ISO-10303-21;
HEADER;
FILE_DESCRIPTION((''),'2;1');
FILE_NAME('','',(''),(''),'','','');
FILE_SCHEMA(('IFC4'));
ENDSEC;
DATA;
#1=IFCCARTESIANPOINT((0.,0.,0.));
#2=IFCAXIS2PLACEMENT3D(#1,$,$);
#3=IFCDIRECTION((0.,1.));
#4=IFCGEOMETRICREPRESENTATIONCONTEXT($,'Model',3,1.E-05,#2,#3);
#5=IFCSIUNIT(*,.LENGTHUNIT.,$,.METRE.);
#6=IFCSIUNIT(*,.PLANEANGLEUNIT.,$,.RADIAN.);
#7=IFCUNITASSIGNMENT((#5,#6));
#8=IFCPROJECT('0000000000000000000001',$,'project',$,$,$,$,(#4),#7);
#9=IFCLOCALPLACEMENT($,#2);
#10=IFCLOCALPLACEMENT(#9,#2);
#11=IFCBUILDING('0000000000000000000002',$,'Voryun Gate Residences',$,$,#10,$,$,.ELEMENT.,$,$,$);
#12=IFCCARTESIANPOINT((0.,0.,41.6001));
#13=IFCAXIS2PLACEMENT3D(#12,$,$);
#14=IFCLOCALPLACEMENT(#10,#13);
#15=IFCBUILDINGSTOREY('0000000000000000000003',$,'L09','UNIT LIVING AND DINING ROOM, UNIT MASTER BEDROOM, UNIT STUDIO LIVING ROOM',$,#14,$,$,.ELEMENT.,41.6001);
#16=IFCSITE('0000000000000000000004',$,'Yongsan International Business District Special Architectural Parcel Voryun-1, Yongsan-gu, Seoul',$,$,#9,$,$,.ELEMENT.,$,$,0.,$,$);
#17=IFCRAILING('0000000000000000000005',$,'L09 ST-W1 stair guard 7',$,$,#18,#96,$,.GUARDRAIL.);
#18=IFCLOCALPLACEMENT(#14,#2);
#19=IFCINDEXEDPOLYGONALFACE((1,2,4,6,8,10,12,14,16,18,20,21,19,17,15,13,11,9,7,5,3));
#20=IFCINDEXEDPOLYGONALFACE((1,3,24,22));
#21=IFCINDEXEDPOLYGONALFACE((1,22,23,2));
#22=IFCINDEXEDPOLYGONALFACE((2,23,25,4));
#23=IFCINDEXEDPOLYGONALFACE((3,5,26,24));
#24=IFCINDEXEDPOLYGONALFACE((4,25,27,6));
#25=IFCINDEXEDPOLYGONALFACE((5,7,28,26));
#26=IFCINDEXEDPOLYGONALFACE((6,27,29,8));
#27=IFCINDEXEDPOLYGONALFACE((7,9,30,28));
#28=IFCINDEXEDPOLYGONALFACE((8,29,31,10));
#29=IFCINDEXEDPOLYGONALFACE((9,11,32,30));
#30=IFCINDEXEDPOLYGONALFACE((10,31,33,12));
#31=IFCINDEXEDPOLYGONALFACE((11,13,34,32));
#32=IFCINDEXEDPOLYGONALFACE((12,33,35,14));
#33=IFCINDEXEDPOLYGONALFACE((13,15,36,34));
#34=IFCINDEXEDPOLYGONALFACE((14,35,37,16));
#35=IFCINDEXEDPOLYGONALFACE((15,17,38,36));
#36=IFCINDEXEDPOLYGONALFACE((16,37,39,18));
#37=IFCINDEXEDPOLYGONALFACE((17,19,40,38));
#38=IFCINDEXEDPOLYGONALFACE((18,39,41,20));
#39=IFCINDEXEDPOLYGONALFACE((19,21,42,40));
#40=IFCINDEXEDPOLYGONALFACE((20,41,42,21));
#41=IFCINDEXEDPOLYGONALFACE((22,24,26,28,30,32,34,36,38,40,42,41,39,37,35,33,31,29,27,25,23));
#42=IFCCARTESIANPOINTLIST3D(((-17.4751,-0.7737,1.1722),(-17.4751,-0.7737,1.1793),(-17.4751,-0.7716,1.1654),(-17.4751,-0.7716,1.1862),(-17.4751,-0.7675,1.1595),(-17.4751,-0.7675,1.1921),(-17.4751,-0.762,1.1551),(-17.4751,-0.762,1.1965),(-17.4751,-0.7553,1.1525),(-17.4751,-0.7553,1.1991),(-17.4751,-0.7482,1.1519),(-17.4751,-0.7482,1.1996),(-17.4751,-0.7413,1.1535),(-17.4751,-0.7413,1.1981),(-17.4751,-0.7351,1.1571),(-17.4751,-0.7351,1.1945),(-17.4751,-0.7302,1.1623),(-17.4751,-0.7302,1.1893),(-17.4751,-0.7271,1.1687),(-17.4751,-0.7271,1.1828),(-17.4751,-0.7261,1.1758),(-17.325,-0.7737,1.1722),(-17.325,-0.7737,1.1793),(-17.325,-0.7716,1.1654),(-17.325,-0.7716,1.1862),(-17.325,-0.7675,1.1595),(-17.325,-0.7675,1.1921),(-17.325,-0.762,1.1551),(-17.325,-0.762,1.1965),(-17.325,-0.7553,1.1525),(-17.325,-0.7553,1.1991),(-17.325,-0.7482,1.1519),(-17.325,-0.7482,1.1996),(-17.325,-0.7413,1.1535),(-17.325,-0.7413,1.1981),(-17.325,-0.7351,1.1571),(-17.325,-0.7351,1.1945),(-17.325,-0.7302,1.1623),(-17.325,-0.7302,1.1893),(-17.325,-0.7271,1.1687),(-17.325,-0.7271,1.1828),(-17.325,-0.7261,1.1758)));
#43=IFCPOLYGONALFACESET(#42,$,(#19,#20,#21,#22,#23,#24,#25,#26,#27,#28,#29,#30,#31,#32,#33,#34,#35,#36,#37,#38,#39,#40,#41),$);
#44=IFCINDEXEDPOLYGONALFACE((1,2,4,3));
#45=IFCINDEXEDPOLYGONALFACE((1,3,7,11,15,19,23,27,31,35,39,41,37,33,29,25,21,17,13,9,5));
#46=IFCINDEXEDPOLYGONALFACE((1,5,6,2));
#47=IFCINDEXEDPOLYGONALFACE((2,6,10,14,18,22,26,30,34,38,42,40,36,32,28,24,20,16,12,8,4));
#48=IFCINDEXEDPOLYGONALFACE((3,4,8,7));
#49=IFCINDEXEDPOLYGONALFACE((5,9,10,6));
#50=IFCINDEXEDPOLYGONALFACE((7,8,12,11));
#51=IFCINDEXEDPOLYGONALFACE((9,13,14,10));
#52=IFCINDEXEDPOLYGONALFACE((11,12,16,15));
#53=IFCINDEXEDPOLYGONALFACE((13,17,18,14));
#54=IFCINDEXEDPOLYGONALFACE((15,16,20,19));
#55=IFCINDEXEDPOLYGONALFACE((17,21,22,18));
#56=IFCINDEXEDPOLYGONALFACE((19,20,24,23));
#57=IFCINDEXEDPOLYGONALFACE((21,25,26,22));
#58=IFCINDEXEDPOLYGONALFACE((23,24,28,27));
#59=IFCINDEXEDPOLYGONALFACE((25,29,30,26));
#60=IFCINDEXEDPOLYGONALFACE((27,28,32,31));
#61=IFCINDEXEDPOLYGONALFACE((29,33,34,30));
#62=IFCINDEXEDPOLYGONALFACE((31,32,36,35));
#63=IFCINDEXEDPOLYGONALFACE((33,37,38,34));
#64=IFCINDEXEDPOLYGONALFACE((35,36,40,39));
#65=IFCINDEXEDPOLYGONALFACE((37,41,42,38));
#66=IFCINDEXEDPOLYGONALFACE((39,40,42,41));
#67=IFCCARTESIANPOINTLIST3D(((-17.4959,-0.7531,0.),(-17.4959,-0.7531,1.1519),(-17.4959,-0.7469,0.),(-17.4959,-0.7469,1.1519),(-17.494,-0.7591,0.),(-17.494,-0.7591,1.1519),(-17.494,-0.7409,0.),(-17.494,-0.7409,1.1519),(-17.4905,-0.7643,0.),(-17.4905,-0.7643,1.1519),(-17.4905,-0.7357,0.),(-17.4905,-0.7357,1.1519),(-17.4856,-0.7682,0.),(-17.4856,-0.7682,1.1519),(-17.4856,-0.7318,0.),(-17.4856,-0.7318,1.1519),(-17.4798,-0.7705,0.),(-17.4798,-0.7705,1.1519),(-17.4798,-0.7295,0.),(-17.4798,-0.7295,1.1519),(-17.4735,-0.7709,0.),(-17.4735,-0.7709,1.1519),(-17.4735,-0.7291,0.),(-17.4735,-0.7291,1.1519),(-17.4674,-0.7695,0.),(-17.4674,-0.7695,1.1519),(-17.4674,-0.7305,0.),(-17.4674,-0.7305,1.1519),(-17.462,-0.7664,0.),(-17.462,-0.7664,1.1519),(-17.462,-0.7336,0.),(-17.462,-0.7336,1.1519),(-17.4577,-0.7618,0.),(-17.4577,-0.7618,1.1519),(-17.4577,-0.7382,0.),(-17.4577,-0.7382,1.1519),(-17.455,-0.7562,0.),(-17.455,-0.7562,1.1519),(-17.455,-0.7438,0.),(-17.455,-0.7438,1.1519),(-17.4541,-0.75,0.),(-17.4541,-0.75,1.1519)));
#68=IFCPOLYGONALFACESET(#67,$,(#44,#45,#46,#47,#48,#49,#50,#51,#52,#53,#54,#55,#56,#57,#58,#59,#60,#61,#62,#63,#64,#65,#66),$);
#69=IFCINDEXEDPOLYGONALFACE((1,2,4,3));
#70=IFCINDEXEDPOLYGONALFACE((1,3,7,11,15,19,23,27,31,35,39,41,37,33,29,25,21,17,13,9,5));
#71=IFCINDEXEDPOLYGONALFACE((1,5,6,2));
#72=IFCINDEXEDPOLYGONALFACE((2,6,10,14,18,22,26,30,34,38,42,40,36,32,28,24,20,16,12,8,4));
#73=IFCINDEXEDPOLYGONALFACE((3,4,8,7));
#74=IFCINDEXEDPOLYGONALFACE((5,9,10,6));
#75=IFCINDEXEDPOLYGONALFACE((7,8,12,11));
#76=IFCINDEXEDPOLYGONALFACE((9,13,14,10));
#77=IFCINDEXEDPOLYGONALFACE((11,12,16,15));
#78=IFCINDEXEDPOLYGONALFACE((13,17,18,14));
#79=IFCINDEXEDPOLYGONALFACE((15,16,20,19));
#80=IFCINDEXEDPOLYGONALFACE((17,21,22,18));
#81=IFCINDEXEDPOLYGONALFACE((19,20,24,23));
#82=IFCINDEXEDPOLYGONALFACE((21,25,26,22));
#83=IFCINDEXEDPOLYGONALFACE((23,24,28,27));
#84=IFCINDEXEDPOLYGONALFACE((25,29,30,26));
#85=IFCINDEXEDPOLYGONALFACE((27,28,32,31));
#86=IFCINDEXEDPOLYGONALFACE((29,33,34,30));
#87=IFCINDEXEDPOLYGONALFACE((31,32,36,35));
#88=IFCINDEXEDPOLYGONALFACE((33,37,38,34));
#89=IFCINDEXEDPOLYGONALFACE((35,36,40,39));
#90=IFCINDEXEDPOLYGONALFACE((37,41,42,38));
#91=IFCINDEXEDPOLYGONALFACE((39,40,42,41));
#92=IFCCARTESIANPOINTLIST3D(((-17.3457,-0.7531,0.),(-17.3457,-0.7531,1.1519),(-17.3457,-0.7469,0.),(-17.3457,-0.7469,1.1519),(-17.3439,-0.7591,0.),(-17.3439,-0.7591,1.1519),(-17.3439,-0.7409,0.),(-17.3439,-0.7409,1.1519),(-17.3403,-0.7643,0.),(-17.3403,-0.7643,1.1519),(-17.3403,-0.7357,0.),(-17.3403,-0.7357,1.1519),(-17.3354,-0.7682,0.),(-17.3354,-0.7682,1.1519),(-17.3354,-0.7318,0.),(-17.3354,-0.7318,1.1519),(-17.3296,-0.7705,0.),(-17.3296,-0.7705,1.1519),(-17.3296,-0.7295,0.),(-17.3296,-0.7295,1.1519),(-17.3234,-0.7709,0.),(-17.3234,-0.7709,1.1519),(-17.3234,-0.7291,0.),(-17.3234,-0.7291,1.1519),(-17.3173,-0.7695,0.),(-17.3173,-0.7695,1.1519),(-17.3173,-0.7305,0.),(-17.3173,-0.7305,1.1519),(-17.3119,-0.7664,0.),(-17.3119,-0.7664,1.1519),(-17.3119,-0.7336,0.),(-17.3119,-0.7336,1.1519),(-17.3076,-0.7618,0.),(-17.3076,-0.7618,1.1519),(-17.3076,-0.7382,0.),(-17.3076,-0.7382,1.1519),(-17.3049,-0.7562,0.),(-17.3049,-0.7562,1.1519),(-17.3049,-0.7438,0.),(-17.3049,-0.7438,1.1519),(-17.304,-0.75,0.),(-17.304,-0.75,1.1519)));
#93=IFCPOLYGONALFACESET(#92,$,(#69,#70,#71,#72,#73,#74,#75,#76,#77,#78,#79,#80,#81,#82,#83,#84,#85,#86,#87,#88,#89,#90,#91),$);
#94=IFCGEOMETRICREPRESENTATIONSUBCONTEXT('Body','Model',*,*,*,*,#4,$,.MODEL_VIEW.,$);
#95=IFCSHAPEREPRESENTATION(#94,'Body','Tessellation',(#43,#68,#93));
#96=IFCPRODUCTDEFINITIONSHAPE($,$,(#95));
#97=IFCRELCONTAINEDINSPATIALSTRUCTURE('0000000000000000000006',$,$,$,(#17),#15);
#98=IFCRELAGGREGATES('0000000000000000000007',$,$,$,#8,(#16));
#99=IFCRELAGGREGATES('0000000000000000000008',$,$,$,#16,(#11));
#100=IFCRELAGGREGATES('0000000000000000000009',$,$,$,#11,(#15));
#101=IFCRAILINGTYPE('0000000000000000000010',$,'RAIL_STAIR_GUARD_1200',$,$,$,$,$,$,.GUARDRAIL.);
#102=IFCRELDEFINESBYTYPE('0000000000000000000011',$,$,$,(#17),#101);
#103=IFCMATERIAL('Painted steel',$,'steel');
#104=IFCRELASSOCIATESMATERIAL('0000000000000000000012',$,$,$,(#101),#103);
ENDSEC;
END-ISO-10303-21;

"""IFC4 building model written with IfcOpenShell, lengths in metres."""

from ifc_helpers import new_model, si_unit, direction, frame, origin, origin_2d, place, context, subcontext, project, spatial, circle, extrude, material, type_object, element, save


model = new_model("IFC4")

# Units and contexts
model_context = context("Model", 3, precision=1e-05, world=origin(), true_north=direction((0.0, 1.0)))
body_context = subcontext(model_context, "Body", "Model", "MODEL_VIEW")
ifc_project = project(units=[si_unit("LENGTHUNIT", "METRE"), si_unit("PLANEANGLEUNIT", "RADIAN")], contexts=[model_context])

# Site, building, storey
site_placement = place(None, origin())
site = spatial("IfcSite", under=ifc_project, at=site_placement, Name="Yongsan International Business District Special Architectural Parcel Voryun-1, Yongsan-gu, Seoul", CompositionType="ELEMENT", RefElevation=0.0)
building_placement = place(site_placement, origin())
building = spatial("IfcBuilding", under=site, at=building_placement, Name="Voryun Gate Residences", CompositionType="ELEMENT")
storey_placement = place(building_placement, frame((0.0, 0.0, 41.6001)))
storey = spatial("IfcBuildingStorey", under=building, at=storey_placement, Name="L09", Description="UNIT LIVING AND DINING ROOM, UNIT MASTER BEDROOM, UNIT STUDIO LIVING ROOM", CompositionType="ELEMENT", Elevation=41.6001)

# Railing
ifc_material_1 = material(Name="Painted steel", Category="steel")
railing_type_1 = type_object("IfcRailingType", Name="RAIL_STAIR_GUARD_1200", PredefinedType="GUARDRAIL", material=ifc_material_1)
railing_1_placement = place(storey_placement, frame((-17.4751, -0.75, 0.0)))
element("IfcRailing", 1, at=railing_1_placement, inside=storey, type_object=railing_type_1, Name="L09 ST-W1 stair guard 7", PredefinedType="GUARDRAIL", context=body_context, shape_type="SweptSolid", body=[
    extrude(circle(Radius=0.0239, at=origin_2d()), frame((0.0, 0.0, 1.1758), z_axis=(1.0, 0.0, 0.0), x_axis=(0.0, 1.0, 0.0)), (0.0, 0.0, 1.0), 0.1501),
    extrude(circle(Radius=0.021, at=origin_2d()), origin(), (0.0, 0.0, 1.0), 1.1519),
    extrude(circle(Radius=0.021, at=origin_2d()), frame((0.1501, 0.0, 0.0)), (0.0, 0.0, 1.0), 1.1519),
])

save(model, "model.ifc")
